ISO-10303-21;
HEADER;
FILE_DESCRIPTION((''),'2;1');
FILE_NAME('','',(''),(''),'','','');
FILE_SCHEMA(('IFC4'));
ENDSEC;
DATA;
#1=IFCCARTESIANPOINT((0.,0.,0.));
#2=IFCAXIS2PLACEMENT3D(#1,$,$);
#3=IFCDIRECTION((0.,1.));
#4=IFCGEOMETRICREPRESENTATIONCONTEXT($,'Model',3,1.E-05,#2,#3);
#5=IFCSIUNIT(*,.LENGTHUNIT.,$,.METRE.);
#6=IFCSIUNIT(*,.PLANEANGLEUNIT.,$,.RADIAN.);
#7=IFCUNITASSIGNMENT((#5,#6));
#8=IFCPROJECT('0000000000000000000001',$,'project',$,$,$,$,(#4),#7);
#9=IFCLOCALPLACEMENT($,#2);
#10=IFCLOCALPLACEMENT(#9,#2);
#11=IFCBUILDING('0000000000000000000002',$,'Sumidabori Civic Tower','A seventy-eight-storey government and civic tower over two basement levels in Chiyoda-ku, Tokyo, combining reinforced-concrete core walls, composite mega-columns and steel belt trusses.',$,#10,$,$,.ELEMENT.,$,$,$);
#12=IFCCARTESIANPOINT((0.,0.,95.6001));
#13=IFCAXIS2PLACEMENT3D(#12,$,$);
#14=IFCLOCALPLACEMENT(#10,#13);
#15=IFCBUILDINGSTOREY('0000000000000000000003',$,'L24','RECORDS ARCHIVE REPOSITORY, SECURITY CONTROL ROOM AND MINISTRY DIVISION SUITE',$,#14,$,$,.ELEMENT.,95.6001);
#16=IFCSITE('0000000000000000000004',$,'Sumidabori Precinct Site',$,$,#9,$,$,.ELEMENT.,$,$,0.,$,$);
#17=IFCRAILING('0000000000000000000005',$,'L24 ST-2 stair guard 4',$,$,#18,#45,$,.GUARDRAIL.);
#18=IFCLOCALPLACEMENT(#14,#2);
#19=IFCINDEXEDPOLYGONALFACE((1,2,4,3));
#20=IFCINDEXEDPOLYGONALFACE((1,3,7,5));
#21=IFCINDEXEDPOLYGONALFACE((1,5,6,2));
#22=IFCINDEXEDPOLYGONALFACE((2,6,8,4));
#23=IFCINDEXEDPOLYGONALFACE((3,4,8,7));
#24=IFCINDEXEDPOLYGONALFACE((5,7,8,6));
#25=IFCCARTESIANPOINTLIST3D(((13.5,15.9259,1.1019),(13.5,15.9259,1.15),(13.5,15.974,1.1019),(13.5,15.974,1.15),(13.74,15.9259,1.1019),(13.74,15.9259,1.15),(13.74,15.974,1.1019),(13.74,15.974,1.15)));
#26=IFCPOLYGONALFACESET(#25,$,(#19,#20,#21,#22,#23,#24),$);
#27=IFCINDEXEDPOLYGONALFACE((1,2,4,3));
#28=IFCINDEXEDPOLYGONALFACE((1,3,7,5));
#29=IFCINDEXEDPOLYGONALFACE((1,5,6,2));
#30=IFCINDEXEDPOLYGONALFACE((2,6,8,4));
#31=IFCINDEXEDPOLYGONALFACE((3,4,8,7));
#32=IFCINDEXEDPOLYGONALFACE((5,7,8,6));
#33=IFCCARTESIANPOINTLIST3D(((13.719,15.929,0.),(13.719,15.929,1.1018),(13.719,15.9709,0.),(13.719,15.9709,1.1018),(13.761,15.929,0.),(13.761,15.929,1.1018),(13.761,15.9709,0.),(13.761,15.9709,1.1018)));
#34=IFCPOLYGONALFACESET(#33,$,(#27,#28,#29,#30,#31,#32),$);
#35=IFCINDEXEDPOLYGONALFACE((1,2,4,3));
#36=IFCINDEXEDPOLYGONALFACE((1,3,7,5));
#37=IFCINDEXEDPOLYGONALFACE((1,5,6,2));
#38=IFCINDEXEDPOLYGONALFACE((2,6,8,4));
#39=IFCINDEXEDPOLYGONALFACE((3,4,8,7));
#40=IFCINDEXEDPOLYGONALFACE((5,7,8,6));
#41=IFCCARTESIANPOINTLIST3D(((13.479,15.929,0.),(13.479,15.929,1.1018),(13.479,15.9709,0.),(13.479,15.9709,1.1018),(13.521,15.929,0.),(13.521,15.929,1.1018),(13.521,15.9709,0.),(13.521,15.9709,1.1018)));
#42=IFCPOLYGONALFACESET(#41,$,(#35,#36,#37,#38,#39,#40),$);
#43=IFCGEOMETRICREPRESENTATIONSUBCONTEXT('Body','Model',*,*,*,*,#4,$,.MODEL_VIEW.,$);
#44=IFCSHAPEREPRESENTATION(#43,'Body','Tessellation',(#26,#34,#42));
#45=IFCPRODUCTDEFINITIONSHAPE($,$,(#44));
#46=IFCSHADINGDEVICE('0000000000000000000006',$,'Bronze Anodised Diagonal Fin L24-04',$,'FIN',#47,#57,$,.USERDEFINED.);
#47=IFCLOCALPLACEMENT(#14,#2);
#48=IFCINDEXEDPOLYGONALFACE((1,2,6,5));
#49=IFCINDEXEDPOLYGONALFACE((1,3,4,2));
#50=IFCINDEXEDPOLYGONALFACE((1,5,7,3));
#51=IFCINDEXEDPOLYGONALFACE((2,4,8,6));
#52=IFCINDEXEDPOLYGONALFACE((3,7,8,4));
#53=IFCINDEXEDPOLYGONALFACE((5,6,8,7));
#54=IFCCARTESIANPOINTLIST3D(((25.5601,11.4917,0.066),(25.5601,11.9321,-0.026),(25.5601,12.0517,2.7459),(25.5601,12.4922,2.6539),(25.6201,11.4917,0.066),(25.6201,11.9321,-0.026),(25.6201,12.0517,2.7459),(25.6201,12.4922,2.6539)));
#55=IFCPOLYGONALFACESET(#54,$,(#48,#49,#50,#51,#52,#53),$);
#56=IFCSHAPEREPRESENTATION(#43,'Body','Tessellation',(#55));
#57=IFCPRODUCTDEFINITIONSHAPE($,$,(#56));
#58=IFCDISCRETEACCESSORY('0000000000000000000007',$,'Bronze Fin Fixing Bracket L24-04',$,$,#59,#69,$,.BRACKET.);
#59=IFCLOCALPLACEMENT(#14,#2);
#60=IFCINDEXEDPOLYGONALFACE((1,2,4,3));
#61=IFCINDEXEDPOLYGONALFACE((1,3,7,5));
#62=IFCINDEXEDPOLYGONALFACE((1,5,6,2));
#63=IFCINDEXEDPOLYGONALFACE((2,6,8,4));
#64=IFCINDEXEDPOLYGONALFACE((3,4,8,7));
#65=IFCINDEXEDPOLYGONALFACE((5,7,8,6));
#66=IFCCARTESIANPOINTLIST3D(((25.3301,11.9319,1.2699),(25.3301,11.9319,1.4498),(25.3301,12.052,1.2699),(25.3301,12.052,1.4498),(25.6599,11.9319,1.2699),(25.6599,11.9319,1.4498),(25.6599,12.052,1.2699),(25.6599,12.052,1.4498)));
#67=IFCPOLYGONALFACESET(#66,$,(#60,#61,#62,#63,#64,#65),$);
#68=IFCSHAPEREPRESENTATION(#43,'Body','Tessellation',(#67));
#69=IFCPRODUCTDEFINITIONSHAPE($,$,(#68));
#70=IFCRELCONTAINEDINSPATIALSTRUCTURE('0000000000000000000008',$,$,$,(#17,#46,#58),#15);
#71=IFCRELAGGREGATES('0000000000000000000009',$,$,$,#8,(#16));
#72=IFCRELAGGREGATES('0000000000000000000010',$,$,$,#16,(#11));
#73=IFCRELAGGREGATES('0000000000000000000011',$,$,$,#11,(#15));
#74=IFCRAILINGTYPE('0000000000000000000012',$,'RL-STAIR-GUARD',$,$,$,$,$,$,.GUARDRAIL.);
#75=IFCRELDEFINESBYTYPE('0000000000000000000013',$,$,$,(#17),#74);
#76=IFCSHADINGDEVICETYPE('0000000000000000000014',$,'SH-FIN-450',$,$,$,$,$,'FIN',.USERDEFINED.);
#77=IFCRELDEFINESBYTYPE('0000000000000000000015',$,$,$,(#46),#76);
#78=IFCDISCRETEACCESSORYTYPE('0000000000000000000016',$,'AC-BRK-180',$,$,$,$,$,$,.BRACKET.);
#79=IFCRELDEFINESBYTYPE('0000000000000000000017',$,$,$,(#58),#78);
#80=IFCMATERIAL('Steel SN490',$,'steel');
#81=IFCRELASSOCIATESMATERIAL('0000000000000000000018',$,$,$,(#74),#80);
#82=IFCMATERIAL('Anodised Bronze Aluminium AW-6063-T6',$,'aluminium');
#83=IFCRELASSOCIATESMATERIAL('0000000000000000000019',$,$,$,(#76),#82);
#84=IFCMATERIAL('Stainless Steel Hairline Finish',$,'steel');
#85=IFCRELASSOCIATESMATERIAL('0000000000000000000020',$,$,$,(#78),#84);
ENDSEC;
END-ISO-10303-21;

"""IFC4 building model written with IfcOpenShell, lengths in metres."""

from ifc_helpers import new_model, si_unit, direction, frame, origin, origin_2d, place, context, subcontext, project, spatial, rectangle, extrude, source, transform, mapped, material, material_profile, profile_set, type_object, element, save


model = new_model("IFC4")

# Units and contexts
model_context = context("Model", 3, precision=1e-05, world=origin(), true_north=direction((0.0, 1.0)))
body_context = subcontext(model_context, "Body", "Model", "MODEL_VIEW")
ifc_project = project(units=[si_unit("LENGTHUNIT", "METRE"), si_unit("PLANEANGLEUNIT", "RADIAN")], contexts=[model_context])

# Site, building, storey
site_placement = place(None, origin())
site = spatial("IfcSite", under=ifc_project, at=site_placement, Name="Sumidabori Precinct Site", CompositionType="ELEMENT", RefElevation=0.0)
building_placement = place(site_placement, origin())
building = spatial("IfcBuilding", under=site, at=building_placement, Name="Sumidabori Civic Tower", Description="A seventy-eight-storey government and civic tower over two basement levels in Chiyoda-ku, Tokyo, combining reinforced-concrete core walls, composite mega-columns and steel belt trusses.", CompositionType="ELEMENT")
storey_placement = place(building_placement, frame((0.0, 0.0, 95.6001)))
storey = spatial("IfcBuildingStorey", under=building, at=storey_placement, Name="L24", Description="RECORDS ARCHIVE REPOSITORY, SECURITY CONTROL ROOM AND MINISTRY DIVISION SUITE", CompositionType="ELEMENT", Elevation=95.6001)

# Shared definitions
ifc_material_1 = material(Name="Steel SN490", Category="steel")

# Shared definitions
ifc_material_2 = material(Name="Anodised Bronze Aluminium AW-6063-T6", Category="aluminium")

# Railing
ifc_material_3 = material(Name="Stainless Steel Hairline Finish", Category="steel")
railing_type_1 = type_object("IfcRailingType", Name="RL-STAIR-GUARD", PredefinedType="GUARDRAIL", material=ifc_material_1)
for number, where, name in (
    (1, (13.74, 15.95, 0.0), "L24 ST-2 stair guard 4"),
):
    element("IfcRailing", number, at=place(storey_placement, frame(where)), inside=storey, type_object=railing_type_1, Name=name, PredefinedType="GUARDRAIL", context=body_context, shape_type="SweptSolid", body=[
        extrude(rectangle(XDim=0.0481, YDim=0.0481, at=origin_2d()), frame((0.0, 0.0, 1.126), z_axis=(-1.0, 0.0, 0.0), x_axis=(0.0, -1.0, 0.0)), (0.0, 0.0, 1.0), 0.24),
        extrude(rectangle(XDim=0.042, YDim=0.042, at=origin_2d()), origin(), (0.0, 0.0, 1.0), 1.1018),
        extrude(rectangle(XDim=0.042, YDim=0.042, at=origin_2d()), frame((-0.24, 0.0, 0.0)), (0.0, 0.0, 1.0), 1.1018),
    ])

# Shading device
ifc_material_profile_1 = material_profile(ifc_material_2, rectangle(XDim=0.0601, YDim=0.45, at=origin_2d()), Name="BRONZE FIN 450x60")
ifc_profile_set_1 = profile_set([ifc_material_profile_1], Name="Anodised Bronze Aluminium AW-6063-T6")
shading_device_type = type_object("IfcShadingDeviceType", Name="SH-FIN-450", ElementType="FIN", PredefinedType="USERDEFINED", material=ifc_profile_set_1)
shared_shape_1 = source(origin(), body_context, "Body", "SweptSolid", [
    extrude(rectangle(XDim=0.0601, YDim=0.45, at=origin_2d()), origin(), (0.0, 0.0, 1.0), 2.7378),
])
shading_device_placement = place(storey_placement, frame((25.5901, 11.7119, 0.02), z_axis=(0.0, 0.204563, 0.978853), x_axis=(-1.0, 0.0, 0.0)))
element("IfcShadingDevice", 2, at=shading_device_placement, inside=storey, type_object=shading_device_type, Name="Bronze Anodised Diagonal Fin L24-04", ObjectType="FIN", PredefinedType="USERDEFINED", context=body_context, shape_type="MappedRepresentation", body=[
    mapped(shared_shape_1, transform((0.0, 0.0, 0.0), x_axis=(1.0, 0.0, 0.0), y_axis=(0.0, 1.0, 0.0), z_axis=(0.0, 0.0, 1.0), scale=1.0)),
])

# Discrete accessory
ifc_material_profile_2 = material_profile(ifc_material_3, rectangle(XDim=0.1201, YDim=0.1799, at=origin_2d()), Name="STEEL BRACKET 180x120")
ifc_profile_set_2 = profile_set([ifc_material_profile_2], Name="Stainless Steel Hairline Finish")
discrete_accessory_type = type_object("IfcDiscreteAccessoryType", Name="AC-BRK-180", PredefinedType="BRACKET", material=ifc_profile_set_2)
shared_shape_2 = source(origin(), body_context, "Body", "SweptSolid", [
    extrude(rectangle(XDim=0.1201, YDim=0.1799, at=origin_2d()), origin(), (0.0, 0.0, 1.0), 0.3298),
])
discrete_accessory_placement = place(storey_placement, frame((25.3301, 11.9919, 1.3599), z_axis=(1.0, 0.0, 0.0), x_axis=(0.0, 1.0, 0.0)))
element("IfcDiscreteAccessory", 3, at=discrete_accessory_placement, inside=storey, type_object=discrete_accessory_type, Name="Bronze Fin Fixing Bracket L24-04", PredefinedType="BRACKET", context=body_context, shape_type="MappedRepresentation", body=[
    mapped(shared_shape_2, transform((0.0, 0.0, 0.0), x_axis=(1.0, 0.0, 0.0), y_axis=(0.0, 1.0, 0.0), z_axis=(0.0, 0.0, 1.0), scale=1.0)),
])

save(model, "model.ifc")
